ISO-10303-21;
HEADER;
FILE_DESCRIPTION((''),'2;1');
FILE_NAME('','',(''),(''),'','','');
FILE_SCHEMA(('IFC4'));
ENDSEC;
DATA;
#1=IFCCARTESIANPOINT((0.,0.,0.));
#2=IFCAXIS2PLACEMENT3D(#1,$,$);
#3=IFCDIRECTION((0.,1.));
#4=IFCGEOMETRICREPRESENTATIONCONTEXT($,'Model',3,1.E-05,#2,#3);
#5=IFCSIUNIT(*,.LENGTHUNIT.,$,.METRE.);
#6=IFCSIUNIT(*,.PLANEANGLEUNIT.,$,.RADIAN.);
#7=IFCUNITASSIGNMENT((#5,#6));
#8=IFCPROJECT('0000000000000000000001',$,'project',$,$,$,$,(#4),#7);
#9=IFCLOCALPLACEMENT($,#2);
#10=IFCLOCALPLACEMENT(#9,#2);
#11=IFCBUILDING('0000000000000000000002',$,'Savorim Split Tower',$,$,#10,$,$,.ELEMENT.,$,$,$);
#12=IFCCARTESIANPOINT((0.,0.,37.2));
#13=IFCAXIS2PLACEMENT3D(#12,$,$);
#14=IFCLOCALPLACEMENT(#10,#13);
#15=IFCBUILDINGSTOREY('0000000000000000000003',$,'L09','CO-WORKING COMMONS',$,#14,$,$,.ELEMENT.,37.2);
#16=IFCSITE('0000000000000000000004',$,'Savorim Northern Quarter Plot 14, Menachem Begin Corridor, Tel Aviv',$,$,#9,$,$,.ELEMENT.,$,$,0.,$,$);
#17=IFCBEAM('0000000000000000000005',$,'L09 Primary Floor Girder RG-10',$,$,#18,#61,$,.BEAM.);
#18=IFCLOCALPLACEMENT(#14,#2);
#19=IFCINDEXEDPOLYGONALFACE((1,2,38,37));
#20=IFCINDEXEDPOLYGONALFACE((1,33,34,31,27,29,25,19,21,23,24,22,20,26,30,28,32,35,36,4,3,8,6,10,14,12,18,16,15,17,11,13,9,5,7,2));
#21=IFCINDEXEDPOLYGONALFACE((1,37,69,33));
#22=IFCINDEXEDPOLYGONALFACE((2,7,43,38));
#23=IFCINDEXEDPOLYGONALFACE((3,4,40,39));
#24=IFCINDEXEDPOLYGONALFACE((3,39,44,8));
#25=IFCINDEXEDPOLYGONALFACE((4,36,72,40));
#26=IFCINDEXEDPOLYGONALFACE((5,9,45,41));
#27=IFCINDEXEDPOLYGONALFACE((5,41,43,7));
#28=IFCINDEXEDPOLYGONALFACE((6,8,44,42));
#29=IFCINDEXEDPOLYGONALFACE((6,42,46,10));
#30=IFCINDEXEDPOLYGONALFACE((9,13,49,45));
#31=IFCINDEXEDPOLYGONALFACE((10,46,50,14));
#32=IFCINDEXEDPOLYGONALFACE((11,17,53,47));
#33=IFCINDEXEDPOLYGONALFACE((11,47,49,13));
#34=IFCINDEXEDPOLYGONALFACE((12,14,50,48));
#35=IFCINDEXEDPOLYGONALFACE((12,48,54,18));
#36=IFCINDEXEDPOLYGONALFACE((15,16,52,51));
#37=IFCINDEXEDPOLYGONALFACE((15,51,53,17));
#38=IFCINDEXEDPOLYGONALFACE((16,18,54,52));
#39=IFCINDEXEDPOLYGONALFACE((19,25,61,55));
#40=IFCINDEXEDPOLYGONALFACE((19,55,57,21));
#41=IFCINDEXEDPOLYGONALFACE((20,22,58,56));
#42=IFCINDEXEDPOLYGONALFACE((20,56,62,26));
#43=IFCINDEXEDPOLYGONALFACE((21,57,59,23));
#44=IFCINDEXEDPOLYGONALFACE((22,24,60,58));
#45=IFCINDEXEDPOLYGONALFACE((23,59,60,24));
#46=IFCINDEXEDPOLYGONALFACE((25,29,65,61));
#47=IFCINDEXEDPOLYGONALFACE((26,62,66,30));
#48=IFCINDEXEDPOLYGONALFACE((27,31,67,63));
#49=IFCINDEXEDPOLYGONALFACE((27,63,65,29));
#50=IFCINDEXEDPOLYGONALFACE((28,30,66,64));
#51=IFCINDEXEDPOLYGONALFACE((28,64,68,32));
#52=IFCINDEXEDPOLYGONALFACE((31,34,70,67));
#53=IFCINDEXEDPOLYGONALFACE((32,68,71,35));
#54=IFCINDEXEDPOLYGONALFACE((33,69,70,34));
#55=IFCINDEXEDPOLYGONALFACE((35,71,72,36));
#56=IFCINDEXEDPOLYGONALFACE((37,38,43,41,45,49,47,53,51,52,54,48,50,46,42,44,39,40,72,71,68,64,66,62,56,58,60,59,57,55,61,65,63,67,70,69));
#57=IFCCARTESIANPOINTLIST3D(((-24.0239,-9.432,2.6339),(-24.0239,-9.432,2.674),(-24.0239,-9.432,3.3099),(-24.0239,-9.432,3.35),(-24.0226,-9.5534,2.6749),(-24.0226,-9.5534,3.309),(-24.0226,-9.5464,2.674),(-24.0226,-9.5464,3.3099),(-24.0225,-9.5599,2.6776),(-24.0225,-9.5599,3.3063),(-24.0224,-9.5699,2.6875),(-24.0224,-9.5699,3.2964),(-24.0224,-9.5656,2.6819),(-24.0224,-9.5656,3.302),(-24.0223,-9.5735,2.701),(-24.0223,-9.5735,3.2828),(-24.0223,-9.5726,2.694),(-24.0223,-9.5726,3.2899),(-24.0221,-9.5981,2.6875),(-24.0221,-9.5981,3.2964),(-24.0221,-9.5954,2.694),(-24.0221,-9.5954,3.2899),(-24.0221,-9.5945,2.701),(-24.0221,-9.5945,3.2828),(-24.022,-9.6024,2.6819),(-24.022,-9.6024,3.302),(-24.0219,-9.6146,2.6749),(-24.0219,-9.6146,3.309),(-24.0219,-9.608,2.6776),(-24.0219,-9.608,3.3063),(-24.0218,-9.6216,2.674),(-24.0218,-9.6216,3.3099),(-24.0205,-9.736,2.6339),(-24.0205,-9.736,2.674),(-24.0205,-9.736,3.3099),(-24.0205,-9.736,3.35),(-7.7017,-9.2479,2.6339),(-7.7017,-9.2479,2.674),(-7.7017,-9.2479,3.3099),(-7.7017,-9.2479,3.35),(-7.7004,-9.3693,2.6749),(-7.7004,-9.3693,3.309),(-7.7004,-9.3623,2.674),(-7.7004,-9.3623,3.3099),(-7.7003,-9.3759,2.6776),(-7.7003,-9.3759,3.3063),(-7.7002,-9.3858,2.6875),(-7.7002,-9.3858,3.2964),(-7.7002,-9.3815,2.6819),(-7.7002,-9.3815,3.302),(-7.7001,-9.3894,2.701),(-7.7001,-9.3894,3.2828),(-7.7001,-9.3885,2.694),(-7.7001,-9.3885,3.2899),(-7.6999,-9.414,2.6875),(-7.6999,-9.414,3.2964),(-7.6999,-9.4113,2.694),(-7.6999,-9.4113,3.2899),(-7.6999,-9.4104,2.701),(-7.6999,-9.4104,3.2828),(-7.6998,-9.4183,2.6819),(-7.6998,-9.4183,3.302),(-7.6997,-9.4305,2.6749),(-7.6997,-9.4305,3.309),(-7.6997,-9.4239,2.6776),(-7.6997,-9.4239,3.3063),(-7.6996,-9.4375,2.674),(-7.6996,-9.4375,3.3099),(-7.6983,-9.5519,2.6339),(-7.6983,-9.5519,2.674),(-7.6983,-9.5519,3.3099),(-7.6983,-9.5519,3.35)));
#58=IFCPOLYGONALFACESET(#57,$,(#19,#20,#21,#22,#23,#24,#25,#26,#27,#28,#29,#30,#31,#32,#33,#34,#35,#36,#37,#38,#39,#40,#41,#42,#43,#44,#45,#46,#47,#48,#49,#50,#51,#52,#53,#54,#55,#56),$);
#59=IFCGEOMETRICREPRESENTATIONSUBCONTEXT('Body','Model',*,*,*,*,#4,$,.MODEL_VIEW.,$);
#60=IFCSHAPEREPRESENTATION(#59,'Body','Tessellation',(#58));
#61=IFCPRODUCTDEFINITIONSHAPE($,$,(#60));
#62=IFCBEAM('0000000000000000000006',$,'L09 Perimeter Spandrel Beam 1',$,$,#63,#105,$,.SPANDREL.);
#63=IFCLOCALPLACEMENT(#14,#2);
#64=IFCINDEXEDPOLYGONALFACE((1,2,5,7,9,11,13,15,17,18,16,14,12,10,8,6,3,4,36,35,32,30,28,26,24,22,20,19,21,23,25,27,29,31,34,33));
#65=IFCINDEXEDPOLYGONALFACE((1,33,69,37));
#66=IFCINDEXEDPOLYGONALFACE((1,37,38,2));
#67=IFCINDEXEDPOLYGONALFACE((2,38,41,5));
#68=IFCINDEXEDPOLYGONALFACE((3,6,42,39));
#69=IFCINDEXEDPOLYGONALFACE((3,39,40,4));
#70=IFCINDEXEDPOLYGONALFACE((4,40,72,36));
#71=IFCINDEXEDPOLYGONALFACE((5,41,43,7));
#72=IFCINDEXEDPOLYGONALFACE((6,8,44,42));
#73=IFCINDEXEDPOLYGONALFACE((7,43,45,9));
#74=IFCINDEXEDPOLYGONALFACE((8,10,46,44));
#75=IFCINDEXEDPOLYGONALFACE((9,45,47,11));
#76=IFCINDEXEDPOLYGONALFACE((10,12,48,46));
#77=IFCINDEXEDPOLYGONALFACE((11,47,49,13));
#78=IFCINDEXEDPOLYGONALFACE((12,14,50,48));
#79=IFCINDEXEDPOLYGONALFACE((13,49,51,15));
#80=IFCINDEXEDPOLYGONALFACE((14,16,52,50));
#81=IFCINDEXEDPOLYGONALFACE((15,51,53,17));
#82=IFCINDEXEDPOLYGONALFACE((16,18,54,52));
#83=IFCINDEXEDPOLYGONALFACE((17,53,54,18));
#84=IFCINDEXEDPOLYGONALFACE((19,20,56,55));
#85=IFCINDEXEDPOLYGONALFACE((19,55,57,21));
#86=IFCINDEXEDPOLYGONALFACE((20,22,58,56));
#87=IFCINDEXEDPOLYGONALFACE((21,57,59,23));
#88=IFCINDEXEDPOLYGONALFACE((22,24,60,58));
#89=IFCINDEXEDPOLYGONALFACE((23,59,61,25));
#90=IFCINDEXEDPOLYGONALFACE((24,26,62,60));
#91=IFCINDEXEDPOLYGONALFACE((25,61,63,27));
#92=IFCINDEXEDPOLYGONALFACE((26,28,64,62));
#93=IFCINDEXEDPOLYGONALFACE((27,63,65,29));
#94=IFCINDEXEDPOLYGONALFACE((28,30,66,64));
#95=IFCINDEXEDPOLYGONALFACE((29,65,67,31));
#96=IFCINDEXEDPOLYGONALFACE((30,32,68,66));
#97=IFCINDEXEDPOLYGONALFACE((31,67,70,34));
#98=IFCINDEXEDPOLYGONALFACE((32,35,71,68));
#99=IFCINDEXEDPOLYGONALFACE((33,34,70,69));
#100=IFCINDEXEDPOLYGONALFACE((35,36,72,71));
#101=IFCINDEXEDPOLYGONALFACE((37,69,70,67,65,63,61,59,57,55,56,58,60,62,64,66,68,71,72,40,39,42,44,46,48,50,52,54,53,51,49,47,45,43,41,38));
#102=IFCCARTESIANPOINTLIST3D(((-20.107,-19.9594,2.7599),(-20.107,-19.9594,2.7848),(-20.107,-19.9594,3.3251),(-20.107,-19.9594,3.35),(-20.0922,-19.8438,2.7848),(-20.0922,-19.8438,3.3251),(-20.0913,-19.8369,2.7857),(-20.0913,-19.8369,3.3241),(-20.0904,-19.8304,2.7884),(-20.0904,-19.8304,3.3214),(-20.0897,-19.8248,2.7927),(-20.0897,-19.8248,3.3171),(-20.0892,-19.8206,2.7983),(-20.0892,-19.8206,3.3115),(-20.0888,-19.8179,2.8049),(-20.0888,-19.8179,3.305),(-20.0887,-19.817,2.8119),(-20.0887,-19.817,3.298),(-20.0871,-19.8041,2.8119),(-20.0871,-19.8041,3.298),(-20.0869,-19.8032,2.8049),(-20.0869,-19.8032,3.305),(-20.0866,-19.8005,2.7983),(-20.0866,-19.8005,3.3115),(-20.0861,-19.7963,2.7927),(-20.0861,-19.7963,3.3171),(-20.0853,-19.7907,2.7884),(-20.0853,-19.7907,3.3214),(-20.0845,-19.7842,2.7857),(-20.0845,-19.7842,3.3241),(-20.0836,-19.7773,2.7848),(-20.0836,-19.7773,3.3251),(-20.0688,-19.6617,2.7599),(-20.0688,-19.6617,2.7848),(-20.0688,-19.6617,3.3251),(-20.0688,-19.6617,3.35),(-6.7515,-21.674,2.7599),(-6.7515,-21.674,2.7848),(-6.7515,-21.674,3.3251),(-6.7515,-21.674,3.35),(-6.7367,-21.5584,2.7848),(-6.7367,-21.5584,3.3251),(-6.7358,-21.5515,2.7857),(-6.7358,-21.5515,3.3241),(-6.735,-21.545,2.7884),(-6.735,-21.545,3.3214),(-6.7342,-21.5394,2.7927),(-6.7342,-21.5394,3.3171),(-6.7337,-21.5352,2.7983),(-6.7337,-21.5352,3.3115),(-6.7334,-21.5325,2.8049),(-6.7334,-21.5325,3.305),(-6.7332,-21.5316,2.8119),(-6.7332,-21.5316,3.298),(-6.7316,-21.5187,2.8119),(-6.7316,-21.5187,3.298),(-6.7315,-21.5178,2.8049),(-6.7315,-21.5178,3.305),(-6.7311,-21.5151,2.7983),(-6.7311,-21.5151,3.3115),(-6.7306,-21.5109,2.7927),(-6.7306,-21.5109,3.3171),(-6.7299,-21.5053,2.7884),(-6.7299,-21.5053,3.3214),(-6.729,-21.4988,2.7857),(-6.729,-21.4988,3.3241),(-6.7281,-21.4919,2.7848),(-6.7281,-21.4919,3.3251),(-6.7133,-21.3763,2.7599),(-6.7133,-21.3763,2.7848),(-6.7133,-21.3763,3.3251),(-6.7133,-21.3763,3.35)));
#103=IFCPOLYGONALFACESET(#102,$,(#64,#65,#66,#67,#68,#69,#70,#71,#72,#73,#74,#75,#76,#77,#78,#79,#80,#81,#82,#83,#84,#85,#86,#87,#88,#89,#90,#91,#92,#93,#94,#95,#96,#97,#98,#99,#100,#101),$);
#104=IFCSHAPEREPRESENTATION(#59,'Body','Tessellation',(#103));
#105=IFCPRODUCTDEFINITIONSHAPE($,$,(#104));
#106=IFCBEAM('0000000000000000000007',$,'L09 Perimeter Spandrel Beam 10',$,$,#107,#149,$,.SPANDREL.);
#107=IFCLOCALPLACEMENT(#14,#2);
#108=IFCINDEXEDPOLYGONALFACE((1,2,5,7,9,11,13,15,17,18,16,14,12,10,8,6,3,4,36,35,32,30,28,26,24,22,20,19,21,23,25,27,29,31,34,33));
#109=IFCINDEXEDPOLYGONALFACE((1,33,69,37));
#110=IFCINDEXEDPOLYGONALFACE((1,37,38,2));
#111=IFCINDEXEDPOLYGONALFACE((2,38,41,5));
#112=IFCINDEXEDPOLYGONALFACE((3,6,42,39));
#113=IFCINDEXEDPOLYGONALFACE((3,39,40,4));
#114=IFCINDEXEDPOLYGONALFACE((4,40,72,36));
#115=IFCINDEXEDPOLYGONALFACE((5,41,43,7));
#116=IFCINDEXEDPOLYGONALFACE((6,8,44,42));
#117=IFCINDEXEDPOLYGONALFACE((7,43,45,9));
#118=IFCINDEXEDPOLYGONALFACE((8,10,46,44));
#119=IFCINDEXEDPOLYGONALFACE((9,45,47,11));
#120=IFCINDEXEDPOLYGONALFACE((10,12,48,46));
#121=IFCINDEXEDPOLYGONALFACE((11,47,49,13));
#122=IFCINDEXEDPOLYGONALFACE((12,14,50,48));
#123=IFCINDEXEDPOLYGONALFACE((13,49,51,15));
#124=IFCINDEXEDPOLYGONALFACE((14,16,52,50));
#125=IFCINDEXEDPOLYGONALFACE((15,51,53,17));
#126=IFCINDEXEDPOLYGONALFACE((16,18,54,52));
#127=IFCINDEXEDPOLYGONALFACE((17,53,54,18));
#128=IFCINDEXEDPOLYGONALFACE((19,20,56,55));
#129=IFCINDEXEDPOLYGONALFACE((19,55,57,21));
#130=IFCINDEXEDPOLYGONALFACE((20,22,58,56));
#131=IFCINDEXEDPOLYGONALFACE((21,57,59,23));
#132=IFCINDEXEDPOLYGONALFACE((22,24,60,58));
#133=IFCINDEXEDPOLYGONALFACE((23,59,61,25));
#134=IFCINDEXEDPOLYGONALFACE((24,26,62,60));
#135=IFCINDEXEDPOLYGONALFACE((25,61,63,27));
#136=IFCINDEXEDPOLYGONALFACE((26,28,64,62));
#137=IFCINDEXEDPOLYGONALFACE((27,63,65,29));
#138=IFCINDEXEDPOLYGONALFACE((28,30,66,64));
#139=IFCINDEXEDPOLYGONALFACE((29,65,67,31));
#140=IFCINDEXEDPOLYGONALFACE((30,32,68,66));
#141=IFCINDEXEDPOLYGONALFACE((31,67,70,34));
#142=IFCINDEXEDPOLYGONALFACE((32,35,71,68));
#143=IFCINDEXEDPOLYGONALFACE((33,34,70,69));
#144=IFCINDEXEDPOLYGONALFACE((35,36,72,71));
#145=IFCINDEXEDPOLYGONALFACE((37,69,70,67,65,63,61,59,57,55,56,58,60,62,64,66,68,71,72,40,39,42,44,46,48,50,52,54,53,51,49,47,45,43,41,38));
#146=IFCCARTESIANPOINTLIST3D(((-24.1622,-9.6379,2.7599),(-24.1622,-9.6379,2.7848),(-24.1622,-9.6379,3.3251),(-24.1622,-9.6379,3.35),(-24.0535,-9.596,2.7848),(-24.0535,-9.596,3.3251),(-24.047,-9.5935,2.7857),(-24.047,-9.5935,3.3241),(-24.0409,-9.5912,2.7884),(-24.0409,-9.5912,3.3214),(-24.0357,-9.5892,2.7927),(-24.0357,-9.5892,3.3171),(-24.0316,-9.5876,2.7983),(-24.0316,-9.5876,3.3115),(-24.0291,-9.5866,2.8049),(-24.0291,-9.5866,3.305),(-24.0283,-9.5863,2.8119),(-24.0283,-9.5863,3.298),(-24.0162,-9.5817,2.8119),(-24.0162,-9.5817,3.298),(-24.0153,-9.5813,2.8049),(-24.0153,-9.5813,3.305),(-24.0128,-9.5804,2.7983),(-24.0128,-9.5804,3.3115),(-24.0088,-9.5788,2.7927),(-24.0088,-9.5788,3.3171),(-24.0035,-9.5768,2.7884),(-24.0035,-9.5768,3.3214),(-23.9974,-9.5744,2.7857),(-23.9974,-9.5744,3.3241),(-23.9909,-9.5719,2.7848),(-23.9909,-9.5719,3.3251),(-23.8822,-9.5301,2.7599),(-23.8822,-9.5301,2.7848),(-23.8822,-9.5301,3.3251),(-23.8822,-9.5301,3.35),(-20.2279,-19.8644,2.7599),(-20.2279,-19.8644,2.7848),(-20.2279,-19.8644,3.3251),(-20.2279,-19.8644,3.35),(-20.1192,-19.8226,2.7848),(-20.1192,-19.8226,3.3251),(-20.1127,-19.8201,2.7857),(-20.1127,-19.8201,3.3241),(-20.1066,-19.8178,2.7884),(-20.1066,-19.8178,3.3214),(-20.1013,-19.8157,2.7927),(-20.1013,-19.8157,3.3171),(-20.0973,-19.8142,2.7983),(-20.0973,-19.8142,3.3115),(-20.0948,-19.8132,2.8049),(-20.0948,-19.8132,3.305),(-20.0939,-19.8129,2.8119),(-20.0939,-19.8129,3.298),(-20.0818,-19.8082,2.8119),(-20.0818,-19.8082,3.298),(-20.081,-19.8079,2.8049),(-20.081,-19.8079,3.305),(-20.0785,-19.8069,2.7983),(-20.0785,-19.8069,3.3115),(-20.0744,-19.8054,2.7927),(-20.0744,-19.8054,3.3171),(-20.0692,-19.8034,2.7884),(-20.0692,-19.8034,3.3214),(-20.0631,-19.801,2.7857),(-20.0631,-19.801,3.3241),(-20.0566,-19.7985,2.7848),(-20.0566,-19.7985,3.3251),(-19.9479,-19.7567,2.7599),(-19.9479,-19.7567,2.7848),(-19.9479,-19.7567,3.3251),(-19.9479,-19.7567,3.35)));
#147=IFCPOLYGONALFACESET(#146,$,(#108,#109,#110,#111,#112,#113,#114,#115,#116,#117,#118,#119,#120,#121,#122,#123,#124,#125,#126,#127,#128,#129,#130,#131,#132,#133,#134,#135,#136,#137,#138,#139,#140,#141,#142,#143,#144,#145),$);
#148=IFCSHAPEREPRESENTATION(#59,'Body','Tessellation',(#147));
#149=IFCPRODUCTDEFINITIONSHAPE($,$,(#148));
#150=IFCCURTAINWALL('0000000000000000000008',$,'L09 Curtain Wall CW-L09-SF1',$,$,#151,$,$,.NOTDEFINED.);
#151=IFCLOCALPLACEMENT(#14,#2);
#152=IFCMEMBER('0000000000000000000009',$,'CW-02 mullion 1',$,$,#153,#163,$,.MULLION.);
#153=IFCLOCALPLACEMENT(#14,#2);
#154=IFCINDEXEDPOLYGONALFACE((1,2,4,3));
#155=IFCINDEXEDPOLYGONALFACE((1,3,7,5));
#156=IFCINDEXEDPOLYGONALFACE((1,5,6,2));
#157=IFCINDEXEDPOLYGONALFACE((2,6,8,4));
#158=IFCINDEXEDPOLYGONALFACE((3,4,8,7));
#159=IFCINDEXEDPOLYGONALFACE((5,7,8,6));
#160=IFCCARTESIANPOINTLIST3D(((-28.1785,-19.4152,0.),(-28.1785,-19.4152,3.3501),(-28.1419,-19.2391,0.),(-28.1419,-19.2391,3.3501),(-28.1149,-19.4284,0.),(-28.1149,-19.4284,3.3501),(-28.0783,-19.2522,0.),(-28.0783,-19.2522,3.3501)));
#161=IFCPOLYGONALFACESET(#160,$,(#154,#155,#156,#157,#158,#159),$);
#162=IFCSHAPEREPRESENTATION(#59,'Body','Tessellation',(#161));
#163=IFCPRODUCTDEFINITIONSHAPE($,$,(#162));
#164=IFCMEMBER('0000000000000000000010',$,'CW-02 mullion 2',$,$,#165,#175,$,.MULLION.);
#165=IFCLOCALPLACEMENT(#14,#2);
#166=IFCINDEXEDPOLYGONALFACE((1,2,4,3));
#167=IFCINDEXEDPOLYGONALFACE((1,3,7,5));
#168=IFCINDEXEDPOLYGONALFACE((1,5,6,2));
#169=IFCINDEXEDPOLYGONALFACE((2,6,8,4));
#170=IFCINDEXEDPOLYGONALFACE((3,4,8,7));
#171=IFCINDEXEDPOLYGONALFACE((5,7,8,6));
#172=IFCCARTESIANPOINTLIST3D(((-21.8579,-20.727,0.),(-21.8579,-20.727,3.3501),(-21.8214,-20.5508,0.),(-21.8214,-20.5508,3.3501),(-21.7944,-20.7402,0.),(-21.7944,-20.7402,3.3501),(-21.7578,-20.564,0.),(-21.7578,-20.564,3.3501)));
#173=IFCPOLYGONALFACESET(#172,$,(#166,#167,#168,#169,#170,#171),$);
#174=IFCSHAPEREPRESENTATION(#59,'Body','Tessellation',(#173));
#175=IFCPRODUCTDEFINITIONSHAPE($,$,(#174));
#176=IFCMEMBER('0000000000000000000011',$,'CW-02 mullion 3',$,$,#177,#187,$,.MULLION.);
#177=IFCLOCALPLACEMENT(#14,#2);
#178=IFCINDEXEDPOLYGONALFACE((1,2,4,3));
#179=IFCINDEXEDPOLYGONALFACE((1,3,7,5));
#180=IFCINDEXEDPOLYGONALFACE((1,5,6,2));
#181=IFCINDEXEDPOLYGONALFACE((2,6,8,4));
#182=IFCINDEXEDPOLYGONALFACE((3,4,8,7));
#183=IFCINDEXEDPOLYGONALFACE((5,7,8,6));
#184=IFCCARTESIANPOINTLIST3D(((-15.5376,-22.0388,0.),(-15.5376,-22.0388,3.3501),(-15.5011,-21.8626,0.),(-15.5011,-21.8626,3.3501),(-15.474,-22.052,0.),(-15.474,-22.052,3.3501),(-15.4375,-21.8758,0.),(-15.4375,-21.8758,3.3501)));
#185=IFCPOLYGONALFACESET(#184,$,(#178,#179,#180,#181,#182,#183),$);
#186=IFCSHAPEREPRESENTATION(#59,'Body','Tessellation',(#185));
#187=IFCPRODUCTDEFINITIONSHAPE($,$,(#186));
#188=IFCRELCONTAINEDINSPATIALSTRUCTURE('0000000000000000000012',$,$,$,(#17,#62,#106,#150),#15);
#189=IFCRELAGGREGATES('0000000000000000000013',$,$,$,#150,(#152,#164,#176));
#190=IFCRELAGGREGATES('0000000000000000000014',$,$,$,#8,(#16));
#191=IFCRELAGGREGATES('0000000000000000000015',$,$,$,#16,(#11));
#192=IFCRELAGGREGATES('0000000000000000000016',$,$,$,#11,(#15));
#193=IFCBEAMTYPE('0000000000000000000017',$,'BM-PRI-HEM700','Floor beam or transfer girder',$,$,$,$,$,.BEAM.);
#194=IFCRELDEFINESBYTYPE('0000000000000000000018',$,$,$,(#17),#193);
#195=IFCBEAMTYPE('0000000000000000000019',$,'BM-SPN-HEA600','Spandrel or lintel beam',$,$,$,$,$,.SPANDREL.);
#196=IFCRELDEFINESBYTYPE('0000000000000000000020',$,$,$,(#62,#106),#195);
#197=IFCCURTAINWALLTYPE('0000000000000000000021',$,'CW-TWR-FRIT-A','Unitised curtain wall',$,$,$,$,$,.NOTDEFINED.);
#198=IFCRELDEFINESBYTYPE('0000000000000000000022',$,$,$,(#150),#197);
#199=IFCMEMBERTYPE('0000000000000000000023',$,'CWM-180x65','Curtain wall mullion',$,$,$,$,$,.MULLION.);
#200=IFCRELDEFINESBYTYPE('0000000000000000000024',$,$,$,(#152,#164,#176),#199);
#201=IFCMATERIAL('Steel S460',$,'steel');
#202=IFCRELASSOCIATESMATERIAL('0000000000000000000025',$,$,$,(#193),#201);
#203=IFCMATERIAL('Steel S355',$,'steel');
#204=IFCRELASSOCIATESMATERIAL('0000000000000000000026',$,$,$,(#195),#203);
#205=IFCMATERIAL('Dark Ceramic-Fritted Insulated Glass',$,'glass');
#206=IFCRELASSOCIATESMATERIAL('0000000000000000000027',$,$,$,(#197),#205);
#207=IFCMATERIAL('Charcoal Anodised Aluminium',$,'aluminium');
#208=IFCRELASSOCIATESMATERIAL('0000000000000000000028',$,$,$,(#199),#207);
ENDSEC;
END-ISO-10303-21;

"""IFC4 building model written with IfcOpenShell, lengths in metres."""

from ifc_helpers import new_model, si_unit, direction, frame, origin, origin_2d, place, context, subcontext, project, spatial, rectangle, i_section, extrude, material, material_profile, profile_set, type_object, element, aggregate, save


model = new_model("IFC4")

# Units and contexts
model_context = context("Model", 3, precision=1e-05, world=origin(), true_north=direction((0.0, 1.0)))
body_context = subcontext(model_context, "Body", "Model", "MODEL_VIEW")
ifc_project = project(units=[si_unit("LENGTHUNIT", "METRE"), si_unit("PLANEANGLEUNIT", "RADIAN")], contexts=[model_context])

# Site, building, storey
site_placement = place(None, origin())
site = spatial("IfcSite", under=ifc_project, at=site_placement, Name="Savorim Northern Quarter Plot 14, Menachem Begin Corridor, Tel Aviv", CompositionType="ELEMENT", RefElevation=0.0)
building_placement = place(site_placement, origin())
building = spatial("IfcBuilding", under=site, at=building_placement, Name="Savorim Split Tower", CompositionType="ELEMENT")
storey_placement = place(building_placement, frame((0.0, 0.0, 37.2)))
storey = spatial("IfcBuildingStorey", under=building, at=storey_placement, Name="L09", Description="CO-WORKING COMMONS", CompositionType="ELEMENT", Elevation=37.2)

# Shared definitions
ifc_material_1 = material(Name="Steel S460", Category="steel")

# Beams
ifc_material_2 = material(Name="Steel S355", Category="steel")
ifc_material_profile_1 = material_profile(ifc_material_1, i_section(OverallWidth=0.304, OverallDepth=0.7161, WebThickness=0.021, FlangeThickness=0.04, FilletRadius=0.0271, at=origin_2d()), Name="HE 700 M")
ifc_profile_set_1 = profile_set([ifc_material_profile_1], Name="Steel S460")
beam_type_1 = type_object("IfcBeamType", Name="BM-PRI-HEM700", Description="Floor beam or transfer girder", PredefinedType="BEAM", material=ifc_profile_set_1)
beam_1_placement = place(storey_placement, frame((-24.0222, -9.584, 2.9919), z_axis=(0.999936, 0.011277, 0.0), x_axis=(-0.011277, 0.999936, 0.0)))
element("IfcBeam", 1, at=beam_1_placement, inside=storey, type_object=beam_type_1, Name="L09 Primary Floor Girder RG-10", PredefinedType="BEAM", context=body_context, shape_type="SweptSolid", body=[
    extrude(i_section(OverallWidth=0.304, OverallDepth=0.7161, WebThickness=0.021, FlangeThickness=0.04, FilletRadius=0.0271, at=origin_2d()), origin(), (0.0, 0.0, 1.0), 16.3232),
])
ifc_material_profile_2 = material_profile(ifc_material_2, i_section(OverallWidth=0.3, OverallDepth=0.5901, WebThickness=0.0129, FlangeThickness=0.0249, FilletRadius=0.0271, at=origin_2d()), Name="HEA 600")
ifc_profile_set_2 = profile_set([ifc_material_profile_2], Name="Steel S355")
beam_type_2 = type_object("IfcBeamType", Name="BM-SPN-HEA600", Description="Spandrel or lintel beam", PredefinedType="SPANDREL", material=ifc_profile_set_2)
beam_2_placement = place(storey_placement, frame((-20.0879, -19.8105, 3.0549), z_axis=(0.99186, -0.127337, 0.0), x_axis=(0.127337, 0.99186, 0.0)))
element("IfcBeam", 2, at=beam_2_placement, inside=storey, type_object=beam_type_2, Name="L09 Perimeter Spandrel Beam 1", PredefinedType="SPANDREL", context=body_context, shape_type="SweptSolid", body=[
    extrude(i_section(OverallWidth=0.3, OverallDepth=0.5901, WebThickness=0.0129, FlangeThickness=0.0249, FilletRadius=0.0271, at=origin_2d()), origin(), (0.0, 0.0, 1.0), 13.4651),
])
beam_3_placement = place(storey_placement, frame((-24.0222, -9.584, 3.0549), z_axis=(0.359061, -0.933314, 0.0), x_axis=(0.933314, 0.359061, 0.0)))
element("IfcBeam", 3, at=beam_3_placement, inside=storey, type_object=beam_type_2, Name="L09 Perimeter Spandrel Beam 10", PredefinedType="SPANDREL", context=body_context, shape_type="SweptSolid", body=[
    extrude(i_section(OverallWidth=0.3, OverallDepth=0.5901, WebThickness=0.0129, FlangeThickness=0.0249, FilletRadius=0.0271, at=origin_2d()), origin(), (0.0, 0.0, 1.0), 10.9573),
])

# Curtain wall, members
ifc_material_3 = material(Name="Dark Ceramic-Fritted Insulated Glass", Category="glass")
curtain_wall_type = type_object("IfcCurtainWallType", Name="CW-TWR-FRIT-A", Description="Unitised curtain wall", PredefinedType="NOTDEFINED", material=ifc_material_3)
curtain_wall_1_placement = place(storey_placement, origin())
curtain_wall_1 = element("IfcCurtainWall", 4, at=curtain_wall_1_placement, inside=storey, type_object=curtain_wall_type, Name="L09 Curtain Wall CW-L09-SF1", PredefinedType="NOTDEFINED")
ifc_material_4 = material(Name="Charcoal Anodised Aluminium", Category="aluminium")
ifc_material_profile_3 = material_profile(ifc_material_4, rectangle(XDim=0.1799, YDim=0.0649, at=origin_2d()), Name="ALU-M 180x65")
ifc_profile_set_3 = profile_set([ifc_material_profile_3], Name="Charcoal Anodised Aluminium")
member_type_1 = type_object("IfcMemberType", Name="CWM-180x65", Description="Curtain wall mullion", PredefinedType="MULLION", material=ifc_profile_set_3)
member_1_placement = place(storey_placement, frame((-28.1284, -19.3337, 0.0), z_axis=(0.0, 0.0, 1.0), x_axis=(0.20321, 0.979135, 0.0)))
member_1 = element("IfcMember", 5, at=member_1_placement, type_object=member_type_1, Name="CW-02 mullion 1", PredefinedType="MULLION", context=body_context, shape_type="SweptSolid", body=[
    extrude(rectangle(XDim=0.1799, YDim=0.0649, at=origin_2d()), origin(), (0.0, 0.0, 1.0), 3.3501),
])
member_2_placement = place(storey_placement, frame((-21.8079, -20.6455, 0.0), z_axis=(0.0, 0.0, 1.0), x_axis=(0.20321, 0.979135, 0.0)))
member_2 = element("IfcMember", 6, at=member_2_placement, type_object=member_type_1, Name="CW-02 mullion 2", PredefinedType="MULLION", context=body_context, shape_type="SweptSolid", body=[
    extrude(rectangle(XDim=0.1799, YDim=0.0649, at=origin_2d()), origin(), (0.0, 0.0, 1.0), 3.3501),
])
member_3_placement = place(storey_placement, frame((-15.4875, -21.9573, 0.0), z_axis=(0.0, 0.0, 1.0), x_axis=(0.20321, 0.979135, 0.0)))
member_3 = element("IfcMember", 7, at=member_3_placement, type_object=member_type_1, Name="CW-02 mullion 3", PredefinedType="MULLION", context=body_context, shape_type="SweptSolid", body=[
    extrude(rectangle(XDim=0.1799, YDim=0.0649, at=origin_2d()), origin(), (0.0, 0.0, 1.0), 3.3501),
])

aggregate(curtain_wall_1, [member_1, member_2, member_3])

save(model, "model.ifc")
